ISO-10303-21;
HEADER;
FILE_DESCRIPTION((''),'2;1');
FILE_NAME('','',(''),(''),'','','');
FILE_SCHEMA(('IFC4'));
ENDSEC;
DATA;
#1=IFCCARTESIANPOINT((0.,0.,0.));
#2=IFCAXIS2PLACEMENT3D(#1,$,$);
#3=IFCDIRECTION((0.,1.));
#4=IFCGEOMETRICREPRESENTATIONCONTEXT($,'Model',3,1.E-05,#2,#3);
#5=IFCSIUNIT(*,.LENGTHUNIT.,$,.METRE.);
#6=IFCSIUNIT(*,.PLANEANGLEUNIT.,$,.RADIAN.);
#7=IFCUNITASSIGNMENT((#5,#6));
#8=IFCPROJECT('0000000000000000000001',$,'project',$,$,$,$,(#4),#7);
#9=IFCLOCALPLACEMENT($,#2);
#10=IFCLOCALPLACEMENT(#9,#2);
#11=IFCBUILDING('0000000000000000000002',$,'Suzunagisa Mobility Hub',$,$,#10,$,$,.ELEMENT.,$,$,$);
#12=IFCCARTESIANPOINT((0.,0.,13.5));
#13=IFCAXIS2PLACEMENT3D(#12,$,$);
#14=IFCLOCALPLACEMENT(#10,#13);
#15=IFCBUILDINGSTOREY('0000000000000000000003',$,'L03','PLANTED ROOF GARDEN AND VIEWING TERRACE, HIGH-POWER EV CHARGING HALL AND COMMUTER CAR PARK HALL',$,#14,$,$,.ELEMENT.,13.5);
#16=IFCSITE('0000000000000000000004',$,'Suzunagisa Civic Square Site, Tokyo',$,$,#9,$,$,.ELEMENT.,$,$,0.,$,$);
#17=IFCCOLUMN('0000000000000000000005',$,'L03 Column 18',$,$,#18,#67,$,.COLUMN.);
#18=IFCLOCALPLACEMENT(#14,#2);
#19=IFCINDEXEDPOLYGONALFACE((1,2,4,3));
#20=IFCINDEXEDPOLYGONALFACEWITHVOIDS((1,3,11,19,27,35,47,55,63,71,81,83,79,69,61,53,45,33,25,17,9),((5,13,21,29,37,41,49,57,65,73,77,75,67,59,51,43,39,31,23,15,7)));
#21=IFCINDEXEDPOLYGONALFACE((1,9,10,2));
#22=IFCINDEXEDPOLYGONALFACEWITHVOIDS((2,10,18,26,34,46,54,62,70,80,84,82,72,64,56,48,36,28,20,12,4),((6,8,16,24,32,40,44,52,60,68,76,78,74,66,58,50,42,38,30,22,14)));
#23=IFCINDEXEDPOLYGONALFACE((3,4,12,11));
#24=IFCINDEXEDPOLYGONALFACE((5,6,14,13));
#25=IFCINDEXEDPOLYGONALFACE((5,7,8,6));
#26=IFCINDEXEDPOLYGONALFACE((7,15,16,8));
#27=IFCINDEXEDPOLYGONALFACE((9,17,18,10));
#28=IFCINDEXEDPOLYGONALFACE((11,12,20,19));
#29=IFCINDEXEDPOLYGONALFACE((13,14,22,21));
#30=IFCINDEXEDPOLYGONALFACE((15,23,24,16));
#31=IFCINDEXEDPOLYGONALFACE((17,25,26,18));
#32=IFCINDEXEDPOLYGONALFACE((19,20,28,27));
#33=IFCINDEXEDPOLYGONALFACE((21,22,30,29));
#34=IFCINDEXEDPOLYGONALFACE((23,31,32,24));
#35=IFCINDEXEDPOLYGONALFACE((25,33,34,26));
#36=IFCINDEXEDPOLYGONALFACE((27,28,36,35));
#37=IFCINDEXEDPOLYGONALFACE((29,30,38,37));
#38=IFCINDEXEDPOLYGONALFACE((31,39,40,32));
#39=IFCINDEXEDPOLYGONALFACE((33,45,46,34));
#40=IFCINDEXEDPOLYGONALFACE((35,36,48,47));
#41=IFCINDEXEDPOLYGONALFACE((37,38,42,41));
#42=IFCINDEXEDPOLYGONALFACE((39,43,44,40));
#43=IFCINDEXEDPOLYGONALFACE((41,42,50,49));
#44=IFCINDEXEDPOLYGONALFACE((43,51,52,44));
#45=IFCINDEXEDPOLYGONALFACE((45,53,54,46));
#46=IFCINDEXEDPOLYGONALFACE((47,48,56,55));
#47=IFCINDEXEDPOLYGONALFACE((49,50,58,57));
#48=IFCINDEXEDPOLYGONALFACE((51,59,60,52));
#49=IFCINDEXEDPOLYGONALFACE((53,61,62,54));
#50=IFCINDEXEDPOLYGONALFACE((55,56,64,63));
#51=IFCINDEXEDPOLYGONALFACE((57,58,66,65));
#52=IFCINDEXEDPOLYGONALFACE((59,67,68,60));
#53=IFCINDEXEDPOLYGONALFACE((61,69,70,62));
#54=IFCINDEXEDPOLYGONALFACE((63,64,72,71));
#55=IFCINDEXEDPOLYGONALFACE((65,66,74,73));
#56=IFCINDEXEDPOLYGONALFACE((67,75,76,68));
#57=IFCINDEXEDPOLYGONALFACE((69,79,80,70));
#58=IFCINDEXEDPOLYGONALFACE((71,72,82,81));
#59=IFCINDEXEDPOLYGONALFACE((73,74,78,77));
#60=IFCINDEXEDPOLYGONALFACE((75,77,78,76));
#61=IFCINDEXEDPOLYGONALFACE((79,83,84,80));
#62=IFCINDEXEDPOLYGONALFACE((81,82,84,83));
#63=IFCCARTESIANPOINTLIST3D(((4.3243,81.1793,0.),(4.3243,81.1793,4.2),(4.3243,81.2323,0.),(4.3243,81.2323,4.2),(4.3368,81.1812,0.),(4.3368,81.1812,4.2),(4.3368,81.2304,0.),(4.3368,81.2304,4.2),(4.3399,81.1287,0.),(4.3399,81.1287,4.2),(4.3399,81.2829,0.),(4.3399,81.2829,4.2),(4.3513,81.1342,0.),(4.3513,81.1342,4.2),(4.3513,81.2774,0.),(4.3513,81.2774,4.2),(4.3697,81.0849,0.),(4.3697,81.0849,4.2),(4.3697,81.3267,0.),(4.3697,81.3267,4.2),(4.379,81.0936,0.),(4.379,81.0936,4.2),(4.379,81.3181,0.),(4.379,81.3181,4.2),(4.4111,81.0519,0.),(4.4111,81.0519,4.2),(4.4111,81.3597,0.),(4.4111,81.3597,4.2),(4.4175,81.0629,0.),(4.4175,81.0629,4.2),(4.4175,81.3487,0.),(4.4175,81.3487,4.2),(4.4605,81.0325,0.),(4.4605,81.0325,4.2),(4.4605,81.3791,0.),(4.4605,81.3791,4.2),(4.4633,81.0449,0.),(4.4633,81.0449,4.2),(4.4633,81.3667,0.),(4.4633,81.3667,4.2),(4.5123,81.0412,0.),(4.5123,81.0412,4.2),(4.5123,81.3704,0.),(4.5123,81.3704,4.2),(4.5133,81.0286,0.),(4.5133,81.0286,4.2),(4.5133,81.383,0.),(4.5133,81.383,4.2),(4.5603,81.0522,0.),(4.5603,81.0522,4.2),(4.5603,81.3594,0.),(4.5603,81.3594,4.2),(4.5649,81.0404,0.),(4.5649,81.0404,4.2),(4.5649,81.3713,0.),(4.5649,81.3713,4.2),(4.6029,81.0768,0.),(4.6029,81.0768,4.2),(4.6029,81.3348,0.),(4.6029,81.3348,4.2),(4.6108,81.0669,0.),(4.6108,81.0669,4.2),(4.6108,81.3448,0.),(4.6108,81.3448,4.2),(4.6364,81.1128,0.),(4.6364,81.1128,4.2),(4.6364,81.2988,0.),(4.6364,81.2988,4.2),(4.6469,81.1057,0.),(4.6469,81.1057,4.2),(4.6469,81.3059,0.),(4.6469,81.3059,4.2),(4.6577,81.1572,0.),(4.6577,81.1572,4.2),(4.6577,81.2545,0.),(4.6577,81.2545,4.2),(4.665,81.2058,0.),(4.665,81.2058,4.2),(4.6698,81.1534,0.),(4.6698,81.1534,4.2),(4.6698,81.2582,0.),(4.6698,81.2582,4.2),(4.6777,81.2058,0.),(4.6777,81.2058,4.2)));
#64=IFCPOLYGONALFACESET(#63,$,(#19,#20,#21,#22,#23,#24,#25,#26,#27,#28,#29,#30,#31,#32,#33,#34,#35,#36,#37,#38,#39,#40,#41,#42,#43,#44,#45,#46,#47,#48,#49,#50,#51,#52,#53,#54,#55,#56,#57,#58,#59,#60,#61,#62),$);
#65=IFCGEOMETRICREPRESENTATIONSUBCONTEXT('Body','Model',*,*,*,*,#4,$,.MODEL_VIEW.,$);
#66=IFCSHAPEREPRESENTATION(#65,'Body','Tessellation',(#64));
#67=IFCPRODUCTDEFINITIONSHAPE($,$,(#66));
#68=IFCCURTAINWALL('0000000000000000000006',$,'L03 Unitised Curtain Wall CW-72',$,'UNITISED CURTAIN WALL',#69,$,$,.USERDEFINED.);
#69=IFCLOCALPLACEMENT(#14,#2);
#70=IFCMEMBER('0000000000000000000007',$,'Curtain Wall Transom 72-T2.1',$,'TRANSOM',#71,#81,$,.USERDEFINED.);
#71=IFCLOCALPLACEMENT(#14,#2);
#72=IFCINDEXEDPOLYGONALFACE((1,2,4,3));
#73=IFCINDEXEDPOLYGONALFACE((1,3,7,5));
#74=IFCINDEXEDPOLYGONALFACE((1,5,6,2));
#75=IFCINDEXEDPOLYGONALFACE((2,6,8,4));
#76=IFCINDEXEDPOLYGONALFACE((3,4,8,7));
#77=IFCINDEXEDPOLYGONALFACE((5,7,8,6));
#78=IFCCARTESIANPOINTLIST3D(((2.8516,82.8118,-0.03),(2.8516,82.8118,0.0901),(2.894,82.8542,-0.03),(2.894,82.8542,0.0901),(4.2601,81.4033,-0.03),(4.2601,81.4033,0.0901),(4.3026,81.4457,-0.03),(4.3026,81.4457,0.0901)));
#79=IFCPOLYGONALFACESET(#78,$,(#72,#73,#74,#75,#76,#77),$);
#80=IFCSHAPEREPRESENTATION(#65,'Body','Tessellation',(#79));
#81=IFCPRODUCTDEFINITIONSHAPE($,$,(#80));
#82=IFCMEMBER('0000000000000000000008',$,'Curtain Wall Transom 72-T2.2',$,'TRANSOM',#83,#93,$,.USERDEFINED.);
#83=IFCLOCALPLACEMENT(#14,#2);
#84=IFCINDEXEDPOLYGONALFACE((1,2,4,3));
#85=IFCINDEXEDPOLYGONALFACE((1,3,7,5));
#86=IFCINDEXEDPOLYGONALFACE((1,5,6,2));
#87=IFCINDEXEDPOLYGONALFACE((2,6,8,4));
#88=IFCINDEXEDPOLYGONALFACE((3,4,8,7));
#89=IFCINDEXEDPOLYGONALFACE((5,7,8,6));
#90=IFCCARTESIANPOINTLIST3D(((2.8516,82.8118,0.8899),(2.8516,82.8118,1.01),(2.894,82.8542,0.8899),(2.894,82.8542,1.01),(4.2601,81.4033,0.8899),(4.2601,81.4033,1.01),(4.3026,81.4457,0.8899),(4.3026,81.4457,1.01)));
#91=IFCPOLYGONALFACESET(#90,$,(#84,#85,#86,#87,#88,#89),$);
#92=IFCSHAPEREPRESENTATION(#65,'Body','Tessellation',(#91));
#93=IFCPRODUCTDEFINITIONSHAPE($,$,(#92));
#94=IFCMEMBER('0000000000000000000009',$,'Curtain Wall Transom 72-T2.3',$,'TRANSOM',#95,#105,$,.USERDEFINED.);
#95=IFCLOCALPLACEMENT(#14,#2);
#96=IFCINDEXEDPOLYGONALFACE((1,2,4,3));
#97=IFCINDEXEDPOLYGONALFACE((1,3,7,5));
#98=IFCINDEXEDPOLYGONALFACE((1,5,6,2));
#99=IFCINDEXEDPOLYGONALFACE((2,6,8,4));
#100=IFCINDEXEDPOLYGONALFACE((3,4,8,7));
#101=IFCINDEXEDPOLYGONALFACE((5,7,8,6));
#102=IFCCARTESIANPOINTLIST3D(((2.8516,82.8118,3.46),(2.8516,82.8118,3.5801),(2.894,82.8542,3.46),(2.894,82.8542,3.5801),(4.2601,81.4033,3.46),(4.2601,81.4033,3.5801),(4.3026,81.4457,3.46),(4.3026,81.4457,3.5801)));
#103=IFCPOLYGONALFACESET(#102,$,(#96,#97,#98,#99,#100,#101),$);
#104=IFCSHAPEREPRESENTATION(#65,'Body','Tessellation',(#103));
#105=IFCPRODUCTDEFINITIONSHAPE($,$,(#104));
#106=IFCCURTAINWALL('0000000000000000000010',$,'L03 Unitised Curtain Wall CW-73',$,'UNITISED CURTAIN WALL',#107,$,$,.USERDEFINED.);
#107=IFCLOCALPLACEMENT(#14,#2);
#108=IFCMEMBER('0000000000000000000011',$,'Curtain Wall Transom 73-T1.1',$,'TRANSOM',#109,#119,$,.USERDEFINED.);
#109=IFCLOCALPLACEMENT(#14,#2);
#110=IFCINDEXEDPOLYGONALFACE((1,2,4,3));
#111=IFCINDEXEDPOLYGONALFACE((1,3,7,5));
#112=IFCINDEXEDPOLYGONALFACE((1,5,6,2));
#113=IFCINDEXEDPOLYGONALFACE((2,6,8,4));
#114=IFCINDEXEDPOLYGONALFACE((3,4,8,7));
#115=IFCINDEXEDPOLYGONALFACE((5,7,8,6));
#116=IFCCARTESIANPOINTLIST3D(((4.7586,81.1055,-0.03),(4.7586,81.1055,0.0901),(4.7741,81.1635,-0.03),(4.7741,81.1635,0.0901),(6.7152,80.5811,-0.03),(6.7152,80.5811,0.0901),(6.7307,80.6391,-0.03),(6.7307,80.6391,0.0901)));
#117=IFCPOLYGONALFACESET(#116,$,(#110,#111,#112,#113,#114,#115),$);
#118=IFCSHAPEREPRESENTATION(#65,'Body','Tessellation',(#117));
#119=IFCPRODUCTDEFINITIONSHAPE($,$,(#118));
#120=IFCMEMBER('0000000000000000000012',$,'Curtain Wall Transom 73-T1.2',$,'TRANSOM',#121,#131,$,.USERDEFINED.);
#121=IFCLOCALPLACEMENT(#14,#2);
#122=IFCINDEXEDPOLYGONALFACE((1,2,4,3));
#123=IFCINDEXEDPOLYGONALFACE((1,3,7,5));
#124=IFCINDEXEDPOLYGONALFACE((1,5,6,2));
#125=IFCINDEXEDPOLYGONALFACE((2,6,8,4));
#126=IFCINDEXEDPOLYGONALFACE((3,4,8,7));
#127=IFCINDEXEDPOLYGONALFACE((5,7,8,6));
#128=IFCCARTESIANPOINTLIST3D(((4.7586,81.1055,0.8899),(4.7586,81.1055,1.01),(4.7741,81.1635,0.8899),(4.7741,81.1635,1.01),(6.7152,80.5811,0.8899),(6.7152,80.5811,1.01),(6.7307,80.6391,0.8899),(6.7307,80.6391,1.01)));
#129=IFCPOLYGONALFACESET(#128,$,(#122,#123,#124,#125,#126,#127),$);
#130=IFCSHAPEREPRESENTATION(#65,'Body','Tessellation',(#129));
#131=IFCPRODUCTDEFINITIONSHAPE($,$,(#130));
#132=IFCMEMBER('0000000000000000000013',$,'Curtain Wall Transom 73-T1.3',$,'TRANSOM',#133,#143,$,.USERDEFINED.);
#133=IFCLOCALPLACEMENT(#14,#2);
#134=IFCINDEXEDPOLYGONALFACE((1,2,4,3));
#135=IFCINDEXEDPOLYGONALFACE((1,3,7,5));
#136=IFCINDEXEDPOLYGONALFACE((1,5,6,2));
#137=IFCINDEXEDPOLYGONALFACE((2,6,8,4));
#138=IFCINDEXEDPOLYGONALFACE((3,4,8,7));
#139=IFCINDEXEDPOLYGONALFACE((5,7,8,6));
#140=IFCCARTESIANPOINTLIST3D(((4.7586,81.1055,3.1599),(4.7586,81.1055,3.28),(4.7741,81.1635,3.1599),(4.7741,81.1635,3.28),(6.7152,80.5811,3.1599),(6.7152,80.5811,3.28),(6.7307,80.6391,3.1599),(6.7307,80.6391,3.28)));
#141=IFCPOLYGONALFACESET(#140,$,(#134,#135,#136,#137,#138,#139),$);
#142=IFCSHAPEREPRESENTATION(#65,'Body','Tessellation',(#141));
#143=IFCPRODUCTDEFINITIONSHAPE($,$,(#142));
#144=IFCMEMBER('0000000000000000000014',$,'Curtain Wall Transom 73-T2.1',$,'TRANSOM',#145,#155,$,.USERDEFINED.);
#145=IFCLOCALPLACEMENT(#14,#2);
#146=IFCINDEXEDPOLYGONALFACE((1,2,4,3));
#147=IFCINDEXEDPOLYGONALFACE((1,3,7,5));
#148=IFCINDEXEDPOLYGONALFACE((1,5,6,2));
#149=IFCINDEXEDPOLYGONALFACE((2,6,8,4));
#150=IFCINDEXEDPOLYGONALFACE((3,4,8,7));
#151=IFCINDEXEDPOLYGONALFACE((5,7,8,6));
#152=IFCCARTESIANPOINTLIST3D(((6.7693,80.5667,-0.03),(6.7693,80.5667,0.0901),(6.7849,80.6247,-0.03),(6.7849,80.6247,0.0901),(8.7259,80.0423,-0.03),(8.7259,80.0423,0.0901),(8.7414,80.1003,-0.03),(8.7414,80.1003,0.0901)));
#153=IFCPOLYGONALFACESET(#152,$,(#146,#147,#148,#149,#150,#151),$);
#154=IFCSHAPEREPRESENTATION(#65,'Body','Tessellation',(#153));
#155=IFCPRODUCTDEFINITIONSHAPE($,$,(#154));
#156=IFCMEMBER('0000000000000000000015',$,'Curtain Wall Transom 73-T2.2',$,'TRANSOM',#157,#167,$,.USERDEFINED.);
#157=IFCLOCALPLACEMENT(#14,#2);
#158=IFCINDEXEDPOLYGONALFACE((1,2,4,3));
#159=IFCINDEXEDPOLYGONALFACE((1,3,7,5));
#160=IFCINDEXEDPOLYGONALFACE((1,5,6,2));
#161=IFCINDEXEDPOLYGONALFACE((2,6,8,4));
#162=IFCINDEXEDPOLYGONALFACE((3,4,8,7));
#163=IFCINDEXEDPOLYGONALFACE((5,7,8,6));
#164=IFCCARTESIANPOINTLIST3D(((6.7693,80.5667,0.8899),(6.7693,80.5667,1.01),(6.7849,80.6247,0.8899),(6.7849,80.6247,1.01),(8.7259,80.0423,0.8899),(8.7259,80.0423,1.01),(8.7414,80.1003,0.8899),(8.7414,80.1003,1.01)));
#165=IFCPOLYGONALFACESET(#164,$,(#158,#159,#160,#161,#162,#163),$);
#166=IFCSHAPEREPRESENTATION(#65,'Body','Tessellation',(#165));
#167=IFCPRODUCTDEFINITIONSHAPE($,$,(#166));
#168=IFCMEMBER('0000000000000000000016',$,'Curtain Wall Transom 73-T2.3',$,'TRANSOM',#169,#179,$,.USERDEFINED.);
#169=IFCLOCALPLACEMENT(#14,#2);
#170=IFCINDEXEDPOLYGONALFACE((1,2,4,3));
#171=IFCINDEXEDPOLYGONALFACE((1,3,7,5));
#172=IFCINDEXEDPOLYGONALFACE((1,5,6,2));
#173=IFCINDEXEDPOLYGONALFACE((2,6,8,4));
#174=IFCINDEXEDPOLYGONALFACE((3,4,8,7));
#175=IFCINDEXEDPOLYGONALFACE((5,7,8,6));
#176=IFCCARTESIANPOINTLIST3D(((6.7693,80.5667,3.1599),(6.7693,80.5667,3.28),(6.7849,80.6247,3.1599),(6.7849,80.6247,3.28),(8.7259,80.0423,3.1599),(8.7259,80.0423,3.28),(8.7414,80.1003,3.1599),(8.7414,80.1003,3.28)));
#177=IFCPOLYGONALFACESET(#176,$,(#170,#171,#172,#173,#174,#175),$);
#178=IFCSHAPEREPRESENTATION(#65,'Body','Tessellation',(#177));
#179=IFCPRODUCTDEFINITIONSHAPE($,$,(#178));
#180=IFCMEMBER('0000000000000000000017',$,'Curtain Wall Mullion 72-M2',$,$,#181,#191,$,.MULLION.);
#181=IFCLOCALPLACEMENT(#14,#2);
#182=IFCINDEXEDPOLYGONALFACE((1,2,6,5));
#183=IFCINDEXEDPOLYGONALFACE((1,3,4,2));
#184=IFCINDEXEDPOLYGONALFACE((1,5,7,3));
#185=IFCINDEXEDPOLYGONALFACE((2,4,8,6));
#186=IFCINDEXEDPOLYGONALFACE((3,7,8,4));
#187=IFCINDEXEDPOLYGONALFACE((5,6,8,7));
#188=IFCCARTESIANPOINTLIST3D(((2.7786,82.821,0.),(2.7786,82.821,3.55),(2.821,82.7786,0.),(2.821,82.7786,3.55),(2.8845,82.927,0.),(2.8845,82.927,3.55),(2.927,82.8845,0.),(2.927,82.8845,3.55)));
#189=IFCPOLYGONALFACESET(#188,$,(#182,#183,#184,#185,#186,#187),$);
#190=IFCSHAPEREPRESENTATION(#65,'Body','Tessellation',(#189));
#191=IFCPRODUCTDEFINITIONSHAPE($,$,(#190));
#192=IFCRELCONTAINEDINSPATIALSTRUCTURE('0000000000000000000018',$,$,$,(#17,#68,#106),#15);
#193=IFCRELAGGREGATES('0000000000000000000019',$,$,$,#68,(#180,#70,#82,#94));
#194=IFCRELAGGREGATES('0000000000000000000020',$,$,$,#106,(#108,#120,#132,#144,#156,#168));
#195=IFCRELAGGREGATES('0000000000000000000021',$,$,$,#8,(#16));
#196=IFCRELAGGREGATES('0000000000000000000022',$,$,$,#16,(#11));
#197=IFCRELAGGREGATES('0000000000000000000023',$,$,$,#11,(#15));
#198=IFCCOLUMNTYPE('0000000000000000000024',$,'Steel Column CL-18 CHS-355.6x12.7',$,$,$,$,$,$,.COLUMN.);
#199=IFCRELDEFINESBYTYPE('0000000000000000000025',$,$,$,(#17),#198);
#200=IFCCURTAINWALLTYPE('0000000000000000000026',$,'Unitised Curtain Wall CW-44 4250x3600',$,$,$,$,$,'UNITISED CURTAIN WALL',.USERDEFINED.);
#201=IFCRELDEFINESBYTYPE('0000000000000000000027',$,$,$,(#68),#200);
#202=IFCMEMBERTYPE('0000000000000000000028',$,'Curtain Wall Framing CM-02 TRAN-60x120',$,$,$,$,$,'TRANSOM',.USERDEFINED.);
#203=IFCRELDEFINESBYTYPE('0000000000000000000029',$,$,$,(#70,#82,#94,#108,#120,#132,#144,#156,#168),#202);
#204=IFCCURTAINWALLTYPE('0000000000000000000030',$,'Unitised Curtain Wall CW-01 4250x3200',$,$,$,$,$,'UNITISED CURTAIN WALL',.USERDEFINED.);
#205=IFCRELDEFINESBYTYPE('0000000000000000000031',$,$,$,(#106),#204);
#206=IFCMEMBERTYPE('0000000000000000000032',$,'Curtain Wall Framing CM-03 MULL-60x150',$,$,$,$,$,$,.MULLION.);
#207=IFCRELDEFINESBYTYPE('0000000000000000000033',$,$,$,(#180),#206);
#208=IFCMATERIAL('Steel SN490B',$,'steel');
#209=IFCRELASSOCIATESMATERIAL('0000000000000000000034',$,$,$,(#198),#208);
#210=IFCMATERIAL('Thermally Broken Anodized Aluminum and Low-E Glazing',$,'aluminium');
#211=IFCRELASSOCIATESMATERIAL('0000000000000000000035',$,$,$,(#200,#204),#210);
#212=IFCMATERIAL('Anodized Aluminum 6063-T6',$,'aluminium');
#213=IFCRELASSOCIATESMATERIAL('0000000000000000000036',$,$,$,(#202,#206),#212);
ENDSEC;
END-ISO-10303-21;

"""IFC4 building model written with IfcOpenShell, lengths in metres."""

from ifc_helpers import new_model, si_unit, direction, frame, origin, origin_2d, place, context, subcontext, project, spatial, rectangle, hollow_circle, extrude, material, material_profile, profile_set, type_object, element, aggregate, save


model = new_model("IFC4")

# Units and contexts
model_context = context("Model", 3, precision=1e-05, world=origin(), true_north=direction((0.0, 1.0)))
body_context = subcontext(model_context, "Body", "Model", "MODEL_VIEW")
ifc_project = project(units=[si_unit("LENGTHUNIT", "METRE"), si_unit("PLANEANGLEUNIT", "RADIAN")], contexts=[model_context])

# Site, building, storey
site_placement = place(None, origin())
site = spatial("IfcSite", under=ifc_project, at=site_placement, Name="Suzunagisa Civic Square Site, Tokyo", CompositionType="ELEMENT", RefElevation=0.0)
building_placement = place(site_placement, origin())
building = spatial("IfcBuilding", under=site, at=building_placement, Name="Suzunagisa Mobility Hub", CompositionType="ELEMENT")
storey_placement = place(building_placement, frame((0.0, 0.0, 13.5)))
storey = spatial("IfcBuildingStorey", under=building, at=storey_placement, Name="L03", Description="PLANTED ROOF GARDEN AND VIEWING TERRACE, HIGH-POWER EV CHARGING HALL AND COMMUTER CAR PARK HALL", CompositionType="ELEMENT", Elevation=13.5)

# Column
ifc_material_1 = material(Name="Steel SN490B", Category="steel")
ifc_material_profile_1 = material_profile(ifc_material_1, hollow_circle(Radius=0.1777, WallThickness=0.0127, at=origin_2d()), Name="CHS-355.6x12.7")
ifc_profile_set_1 = profile_set([ifc_material_profile_1], Name="Steel SN490B")
column_type = type_object("IfcColumnType", Name="Steel Column CL-18 CHS-355.6x12.7", PredefinedType="COLUMN", material=ifc_profile_set_1)
column_placement = place(storey_placement, frame((4.5, 81.2058, 0.0), z_axis=(0.0, 0.0, 1.0), x_axis=(1.0, 0.0, 0.0)))
element("IfcColumn", 1, at=column_placement, inside=storey, type_object=column_type, Name="L03 Column 18", PredefinedType="COLUMN", context=body_context, shape_type="SweptSolid", body=[
    extrude(hollow_circle(Radius=0.1777, WallThickness=0.0127, at=origin_2d()), origin(), (0.0, 0.0, 1.0), 4.2),
])

# Curtain walls, members
ifc_material_2 = material(Name="Thermally Broken Anodized Aluminum and Low-E Glazing", Category="aluminium")
curtain_wall_type_1 = type_object("IfcCurtainWallType", Name="Unitised Curtain Wall CW-44 4250x3600", ElementType="UNITISED CURTAIN WALL", PredefinedType="USERDEFINED", material=ifc_material_2)
curtain_wall_1_placement = place(storey_placement, origin())
curtain_wall_1 = element("IfcCurtainWall", 2, at=curtain_wall_1_placement, inside=storey, type_object=curtain_wall_type_1, Name="L03 Unitised Curtain Wall CW-72", ObjectType="UNITISED CURTAIN WALL", PredefinedType="USERDEFINED")
ifc_material_3 = material(Name="Anodized Aluminum 6063-T6", Category="aluminium")
ifc_material_profile_2 = material_profile(ifc_material_3, rectangle(XDim=0.0601, YDim=0.1201, at=origin_2d()), Name="TRAN-60x120")
ifc_profile_set_2 = profile_set([ifc_material_profile_2], Name="Anodized Aluminum 6063-T6")
member_type_1 = type_object("IfcMemberType", Name="Curtain Wall Framing CM-02 TRAN-60x120", ElementType="TRANSOM", PredefinedType="USERDEFINED", material=ifc_profile_set_2)
member_1_placement = place(storey_placement, frame((2.8728, 82.833, 0.03), z_axis=(0.707107, -0.707107, 0.0), x_axis=(0.707107, 0.707107, 0.0)))
member_1 = element("IfcMember", 3, at=member_1_placement, type_object=member_type_1, Name="Curtain Wall Transom 72-T2.1", ObjectType="TRANSOM", PredefinedType="USERDEFINED", context=body_context, shape_type="SweptSolid", body=[
    extrude(rectangle(XDim=0.0601, YDim=0.1201, at=origin_2d()), origin(), (0.0, 0.0, 1.0), 1.9919),
])
member_2_placement = place(storey_placement, frame((2.8728, 82.833, 0.95), z_axis=(0.707107, -0.707107, 0.0), x_axis=(0.707107, 0.707107, 0.0)))
member_2 = element("IfcMember", 4, at=member_2_placement, type_object=member_type_1, Name="Curtain Wall Transom 72-T2.2", ObjectType="TRANSOM", PredefinedType="USERDEFINED", context=body_context, shape_type="SweptSolid", body=[
    extrude(rectangle(XDim=0.0601, YDim=0.1201, at=origin_2d()), origin(), (0.0, 0.0, 1.0), 1.9919),
])
member_3_placement = place(storey_placement, frame((2.8728, 82.833, 3.52), z_axis=(0.707107, -0.707107, 0.0), x_axis=(0.707107, 0.707107, 0.0)))
member_3 = element("IfcMember", 5, at=member_3_placement, type_object=member_type_1, Name="Curtain Wall Transom 72-T2.3", ObjectType="TRANSOM", PredefinedType="USERDEFINED", context=body_context, shape_type="SweptSolid", body=[
    extrude(rectangle(XDim=0.0601, YDim=0.1201, at=origin_2d()), origin(), (0.0, 0.0, 1.0), 1.9919),
])
curtain_wall_type_2 = type_object("IfcCurtainWallType", Name="Unitised Curtain Wall CW-01 4250x3200", ElementType="UNITISED CURTAIN WALL", PredefinedType="USERDEFINED", material=ifc_material_2)
curtain_wall_2_placement = place(storey_placement, origin())
curtain_wall_2 = element("IfcCurtainWall", 6, at=curtain_wall_2_placement, inside=storey, type_object=curtain_wall_type_2, Name="L03 Unitised Curtain Wall CW-73", ObjectType="UNITISED CURTAIN WALL", PredefinedType="USERDEFINED")
member_4_placement = place(storey_placement, frame((4.7664, 81.1345, 0.03), z_axis=(0.965906, -0.258893, 0.0), x_axis=(0.258893, 0.965906, 0.0)))
member_4 = element("IfcMember", 7, at=member_4_placement, type_object=member_type_1, Name="Curtain Wall Transom 73-T1.1", ObjectType="TRANSOM", PredefinedType="USERDEFINED", context=body_context, shape_type="SweptSolid", body=[
    extrude(rectangle(XDim=0.0601, YDim=0.1201, at=origin_2d()), origin(), (0.0, 0.0, 1.0), 2.0256),
])
member_5_placement = place(storey_placement, frame((4.7664, 81.1345, 0.95), z_axis=(0.965906, -0.258893, 0.0), x_axis=(0.258893, 0.965906, 0.0)))
member_5 = element("IfcMember", 8, at=member_5_placement, type_object=member_type_1, Name="Curtain Wall Transom 73-T1.2", ObjectType="TRANSOM", PredefinedType="USERDEFINED", context=body_context, shape_type="SweptSolid", body=[
    extrude(rectangle(XDim=0.0601, YDim=0.1201, at=origin_2d()), origin(), (0.0, 0.0, 1.0), 2.0256),
])
member_6_placement = place(storey_placement, frame((4.7664, 81.1345, 3.22), z_axis=(0.965906, -0.258893, 0.0), x_axis=(0.258893, 0.965906, 0.0)))
member_6 = element("IfcMember", 9, at=member_6_placement, type_object=member_type_1, Name="Curtain Wall Transom 73-T1.3", ObjectType="TRANSOM", PredefinedType="USERDEFINED", context=body_context, shape_type="SweptSolid", body=[
    extrude(rectangle(XDim=0.0601, YDim=0.1201, at=origin_2d()), origin(), (0.0, 0.0, 1.0), 2.0256),
])
member_7_placement = place(storey_placement, frame((6.7771, 80.5957, 0.03), z_axis=(0.965906, -0.258893, 0.0), x_axis=(0.258893, 0.965906, 0.0)))
member_7 = element("IfcMember", 10, at=member_7_placement, type_object=member_type_1, Name="Curtain Wall Transom 73-T2.1", ObjectType="TRANSOM", PredefinedType="USERDEFINED", context=body_context, shape_type="SweptSolid", body=[
    extrude(rectangle(XDim=0.0601, YDim=0.1201, at=origin_2d()), origin(), (0.0, 0.0, 1.0), 2.0256),
])
member_8_placement = place(storey_placement, frame((6.7771, 80.5957, 0.95), z_axis=(0.965906, -0.258893, 0.0), x_axis=(0.258893, 0.965906, 0.0)))
member_8 = element("IfcMember", 11, at=member_8_placement, type_object=member_type_1, Name="Curtain Wall Transom 73-T2.2", ObjectType="TRANSOM", PredefinedType="USERDEFINED", context=body_context, shape_type="SweptSolid", body=[
    extrude(rectangle(XDim=0.0601, YDim=0.1201, at=origin_2d()), origin(), (0.0, 0.0, 1.0), 2.0256),
])
member_9_placement = place(storey_placement, frame((6.7771, 80.5957, 3.22), z_axis=(0.965906, -0.258893, 0.0), x_axis=(0.258893, 0.965906, 0.0)))
member_9 = element("IfcMember", 12, at=member_9_placement, type_object=member_type_1, Name="Curtain Wall Transom 73-T2.3", ObjectType="TRANSOM", PredefinedType="USERDEFINED", context=body_context, shape_type="SweptSolid", body=[
    extrude(rectangle(XDim=0.0601, YDim=0.1201, at=origin_2d()), origin(), (0.0, 0.0, 1.0), 2.0256),
])

# Member
ifc_material_profile_3 = material_profile(ifc_material_3, rectangle(XDim=0.0601, YDim=0.1499, at=origin_2d()), Name="MULL-60x150")
ifc_profile_set_3 = profile_set([ifc_material_profile_3], Name="Anodized Aluminum 6063-T6")
member_type_2 = type_object("IfcMemberType", Name="Curtain Wall Framing CM-03 MULL-60x150", PredefinedType="MULLION", material=ifc_profile_set_3)
member_10_placement = place(storey_placement, frame((2.8528, 82.8528, 0.0), z_axis=(0.0, 0.0, 1.0), x_axis=(0.707107, -0.707107, 0.0)))
member_10 = element("IfcMember", 13, at=member_10_placement, type_object=member_type_2, Name="Curtain Wall Mullion 72-M2", PredefinedType="MULLION", context=body_context, shape_type="SweptSolid", body=[
    extrude(rectangle(XDim=0.0601, YDim=0.1499, at=origin_2d()), origin(), (0.0, 0.0, 1.0), 3.55),
])

aggregate(curtain_wall_1, [member_10, member_1, member_2, member_3])
aggregate(curtain_wall_2, [member_4, member_5, member_6, member_7, member_8, member_9])

save(model, "model.ifc")
